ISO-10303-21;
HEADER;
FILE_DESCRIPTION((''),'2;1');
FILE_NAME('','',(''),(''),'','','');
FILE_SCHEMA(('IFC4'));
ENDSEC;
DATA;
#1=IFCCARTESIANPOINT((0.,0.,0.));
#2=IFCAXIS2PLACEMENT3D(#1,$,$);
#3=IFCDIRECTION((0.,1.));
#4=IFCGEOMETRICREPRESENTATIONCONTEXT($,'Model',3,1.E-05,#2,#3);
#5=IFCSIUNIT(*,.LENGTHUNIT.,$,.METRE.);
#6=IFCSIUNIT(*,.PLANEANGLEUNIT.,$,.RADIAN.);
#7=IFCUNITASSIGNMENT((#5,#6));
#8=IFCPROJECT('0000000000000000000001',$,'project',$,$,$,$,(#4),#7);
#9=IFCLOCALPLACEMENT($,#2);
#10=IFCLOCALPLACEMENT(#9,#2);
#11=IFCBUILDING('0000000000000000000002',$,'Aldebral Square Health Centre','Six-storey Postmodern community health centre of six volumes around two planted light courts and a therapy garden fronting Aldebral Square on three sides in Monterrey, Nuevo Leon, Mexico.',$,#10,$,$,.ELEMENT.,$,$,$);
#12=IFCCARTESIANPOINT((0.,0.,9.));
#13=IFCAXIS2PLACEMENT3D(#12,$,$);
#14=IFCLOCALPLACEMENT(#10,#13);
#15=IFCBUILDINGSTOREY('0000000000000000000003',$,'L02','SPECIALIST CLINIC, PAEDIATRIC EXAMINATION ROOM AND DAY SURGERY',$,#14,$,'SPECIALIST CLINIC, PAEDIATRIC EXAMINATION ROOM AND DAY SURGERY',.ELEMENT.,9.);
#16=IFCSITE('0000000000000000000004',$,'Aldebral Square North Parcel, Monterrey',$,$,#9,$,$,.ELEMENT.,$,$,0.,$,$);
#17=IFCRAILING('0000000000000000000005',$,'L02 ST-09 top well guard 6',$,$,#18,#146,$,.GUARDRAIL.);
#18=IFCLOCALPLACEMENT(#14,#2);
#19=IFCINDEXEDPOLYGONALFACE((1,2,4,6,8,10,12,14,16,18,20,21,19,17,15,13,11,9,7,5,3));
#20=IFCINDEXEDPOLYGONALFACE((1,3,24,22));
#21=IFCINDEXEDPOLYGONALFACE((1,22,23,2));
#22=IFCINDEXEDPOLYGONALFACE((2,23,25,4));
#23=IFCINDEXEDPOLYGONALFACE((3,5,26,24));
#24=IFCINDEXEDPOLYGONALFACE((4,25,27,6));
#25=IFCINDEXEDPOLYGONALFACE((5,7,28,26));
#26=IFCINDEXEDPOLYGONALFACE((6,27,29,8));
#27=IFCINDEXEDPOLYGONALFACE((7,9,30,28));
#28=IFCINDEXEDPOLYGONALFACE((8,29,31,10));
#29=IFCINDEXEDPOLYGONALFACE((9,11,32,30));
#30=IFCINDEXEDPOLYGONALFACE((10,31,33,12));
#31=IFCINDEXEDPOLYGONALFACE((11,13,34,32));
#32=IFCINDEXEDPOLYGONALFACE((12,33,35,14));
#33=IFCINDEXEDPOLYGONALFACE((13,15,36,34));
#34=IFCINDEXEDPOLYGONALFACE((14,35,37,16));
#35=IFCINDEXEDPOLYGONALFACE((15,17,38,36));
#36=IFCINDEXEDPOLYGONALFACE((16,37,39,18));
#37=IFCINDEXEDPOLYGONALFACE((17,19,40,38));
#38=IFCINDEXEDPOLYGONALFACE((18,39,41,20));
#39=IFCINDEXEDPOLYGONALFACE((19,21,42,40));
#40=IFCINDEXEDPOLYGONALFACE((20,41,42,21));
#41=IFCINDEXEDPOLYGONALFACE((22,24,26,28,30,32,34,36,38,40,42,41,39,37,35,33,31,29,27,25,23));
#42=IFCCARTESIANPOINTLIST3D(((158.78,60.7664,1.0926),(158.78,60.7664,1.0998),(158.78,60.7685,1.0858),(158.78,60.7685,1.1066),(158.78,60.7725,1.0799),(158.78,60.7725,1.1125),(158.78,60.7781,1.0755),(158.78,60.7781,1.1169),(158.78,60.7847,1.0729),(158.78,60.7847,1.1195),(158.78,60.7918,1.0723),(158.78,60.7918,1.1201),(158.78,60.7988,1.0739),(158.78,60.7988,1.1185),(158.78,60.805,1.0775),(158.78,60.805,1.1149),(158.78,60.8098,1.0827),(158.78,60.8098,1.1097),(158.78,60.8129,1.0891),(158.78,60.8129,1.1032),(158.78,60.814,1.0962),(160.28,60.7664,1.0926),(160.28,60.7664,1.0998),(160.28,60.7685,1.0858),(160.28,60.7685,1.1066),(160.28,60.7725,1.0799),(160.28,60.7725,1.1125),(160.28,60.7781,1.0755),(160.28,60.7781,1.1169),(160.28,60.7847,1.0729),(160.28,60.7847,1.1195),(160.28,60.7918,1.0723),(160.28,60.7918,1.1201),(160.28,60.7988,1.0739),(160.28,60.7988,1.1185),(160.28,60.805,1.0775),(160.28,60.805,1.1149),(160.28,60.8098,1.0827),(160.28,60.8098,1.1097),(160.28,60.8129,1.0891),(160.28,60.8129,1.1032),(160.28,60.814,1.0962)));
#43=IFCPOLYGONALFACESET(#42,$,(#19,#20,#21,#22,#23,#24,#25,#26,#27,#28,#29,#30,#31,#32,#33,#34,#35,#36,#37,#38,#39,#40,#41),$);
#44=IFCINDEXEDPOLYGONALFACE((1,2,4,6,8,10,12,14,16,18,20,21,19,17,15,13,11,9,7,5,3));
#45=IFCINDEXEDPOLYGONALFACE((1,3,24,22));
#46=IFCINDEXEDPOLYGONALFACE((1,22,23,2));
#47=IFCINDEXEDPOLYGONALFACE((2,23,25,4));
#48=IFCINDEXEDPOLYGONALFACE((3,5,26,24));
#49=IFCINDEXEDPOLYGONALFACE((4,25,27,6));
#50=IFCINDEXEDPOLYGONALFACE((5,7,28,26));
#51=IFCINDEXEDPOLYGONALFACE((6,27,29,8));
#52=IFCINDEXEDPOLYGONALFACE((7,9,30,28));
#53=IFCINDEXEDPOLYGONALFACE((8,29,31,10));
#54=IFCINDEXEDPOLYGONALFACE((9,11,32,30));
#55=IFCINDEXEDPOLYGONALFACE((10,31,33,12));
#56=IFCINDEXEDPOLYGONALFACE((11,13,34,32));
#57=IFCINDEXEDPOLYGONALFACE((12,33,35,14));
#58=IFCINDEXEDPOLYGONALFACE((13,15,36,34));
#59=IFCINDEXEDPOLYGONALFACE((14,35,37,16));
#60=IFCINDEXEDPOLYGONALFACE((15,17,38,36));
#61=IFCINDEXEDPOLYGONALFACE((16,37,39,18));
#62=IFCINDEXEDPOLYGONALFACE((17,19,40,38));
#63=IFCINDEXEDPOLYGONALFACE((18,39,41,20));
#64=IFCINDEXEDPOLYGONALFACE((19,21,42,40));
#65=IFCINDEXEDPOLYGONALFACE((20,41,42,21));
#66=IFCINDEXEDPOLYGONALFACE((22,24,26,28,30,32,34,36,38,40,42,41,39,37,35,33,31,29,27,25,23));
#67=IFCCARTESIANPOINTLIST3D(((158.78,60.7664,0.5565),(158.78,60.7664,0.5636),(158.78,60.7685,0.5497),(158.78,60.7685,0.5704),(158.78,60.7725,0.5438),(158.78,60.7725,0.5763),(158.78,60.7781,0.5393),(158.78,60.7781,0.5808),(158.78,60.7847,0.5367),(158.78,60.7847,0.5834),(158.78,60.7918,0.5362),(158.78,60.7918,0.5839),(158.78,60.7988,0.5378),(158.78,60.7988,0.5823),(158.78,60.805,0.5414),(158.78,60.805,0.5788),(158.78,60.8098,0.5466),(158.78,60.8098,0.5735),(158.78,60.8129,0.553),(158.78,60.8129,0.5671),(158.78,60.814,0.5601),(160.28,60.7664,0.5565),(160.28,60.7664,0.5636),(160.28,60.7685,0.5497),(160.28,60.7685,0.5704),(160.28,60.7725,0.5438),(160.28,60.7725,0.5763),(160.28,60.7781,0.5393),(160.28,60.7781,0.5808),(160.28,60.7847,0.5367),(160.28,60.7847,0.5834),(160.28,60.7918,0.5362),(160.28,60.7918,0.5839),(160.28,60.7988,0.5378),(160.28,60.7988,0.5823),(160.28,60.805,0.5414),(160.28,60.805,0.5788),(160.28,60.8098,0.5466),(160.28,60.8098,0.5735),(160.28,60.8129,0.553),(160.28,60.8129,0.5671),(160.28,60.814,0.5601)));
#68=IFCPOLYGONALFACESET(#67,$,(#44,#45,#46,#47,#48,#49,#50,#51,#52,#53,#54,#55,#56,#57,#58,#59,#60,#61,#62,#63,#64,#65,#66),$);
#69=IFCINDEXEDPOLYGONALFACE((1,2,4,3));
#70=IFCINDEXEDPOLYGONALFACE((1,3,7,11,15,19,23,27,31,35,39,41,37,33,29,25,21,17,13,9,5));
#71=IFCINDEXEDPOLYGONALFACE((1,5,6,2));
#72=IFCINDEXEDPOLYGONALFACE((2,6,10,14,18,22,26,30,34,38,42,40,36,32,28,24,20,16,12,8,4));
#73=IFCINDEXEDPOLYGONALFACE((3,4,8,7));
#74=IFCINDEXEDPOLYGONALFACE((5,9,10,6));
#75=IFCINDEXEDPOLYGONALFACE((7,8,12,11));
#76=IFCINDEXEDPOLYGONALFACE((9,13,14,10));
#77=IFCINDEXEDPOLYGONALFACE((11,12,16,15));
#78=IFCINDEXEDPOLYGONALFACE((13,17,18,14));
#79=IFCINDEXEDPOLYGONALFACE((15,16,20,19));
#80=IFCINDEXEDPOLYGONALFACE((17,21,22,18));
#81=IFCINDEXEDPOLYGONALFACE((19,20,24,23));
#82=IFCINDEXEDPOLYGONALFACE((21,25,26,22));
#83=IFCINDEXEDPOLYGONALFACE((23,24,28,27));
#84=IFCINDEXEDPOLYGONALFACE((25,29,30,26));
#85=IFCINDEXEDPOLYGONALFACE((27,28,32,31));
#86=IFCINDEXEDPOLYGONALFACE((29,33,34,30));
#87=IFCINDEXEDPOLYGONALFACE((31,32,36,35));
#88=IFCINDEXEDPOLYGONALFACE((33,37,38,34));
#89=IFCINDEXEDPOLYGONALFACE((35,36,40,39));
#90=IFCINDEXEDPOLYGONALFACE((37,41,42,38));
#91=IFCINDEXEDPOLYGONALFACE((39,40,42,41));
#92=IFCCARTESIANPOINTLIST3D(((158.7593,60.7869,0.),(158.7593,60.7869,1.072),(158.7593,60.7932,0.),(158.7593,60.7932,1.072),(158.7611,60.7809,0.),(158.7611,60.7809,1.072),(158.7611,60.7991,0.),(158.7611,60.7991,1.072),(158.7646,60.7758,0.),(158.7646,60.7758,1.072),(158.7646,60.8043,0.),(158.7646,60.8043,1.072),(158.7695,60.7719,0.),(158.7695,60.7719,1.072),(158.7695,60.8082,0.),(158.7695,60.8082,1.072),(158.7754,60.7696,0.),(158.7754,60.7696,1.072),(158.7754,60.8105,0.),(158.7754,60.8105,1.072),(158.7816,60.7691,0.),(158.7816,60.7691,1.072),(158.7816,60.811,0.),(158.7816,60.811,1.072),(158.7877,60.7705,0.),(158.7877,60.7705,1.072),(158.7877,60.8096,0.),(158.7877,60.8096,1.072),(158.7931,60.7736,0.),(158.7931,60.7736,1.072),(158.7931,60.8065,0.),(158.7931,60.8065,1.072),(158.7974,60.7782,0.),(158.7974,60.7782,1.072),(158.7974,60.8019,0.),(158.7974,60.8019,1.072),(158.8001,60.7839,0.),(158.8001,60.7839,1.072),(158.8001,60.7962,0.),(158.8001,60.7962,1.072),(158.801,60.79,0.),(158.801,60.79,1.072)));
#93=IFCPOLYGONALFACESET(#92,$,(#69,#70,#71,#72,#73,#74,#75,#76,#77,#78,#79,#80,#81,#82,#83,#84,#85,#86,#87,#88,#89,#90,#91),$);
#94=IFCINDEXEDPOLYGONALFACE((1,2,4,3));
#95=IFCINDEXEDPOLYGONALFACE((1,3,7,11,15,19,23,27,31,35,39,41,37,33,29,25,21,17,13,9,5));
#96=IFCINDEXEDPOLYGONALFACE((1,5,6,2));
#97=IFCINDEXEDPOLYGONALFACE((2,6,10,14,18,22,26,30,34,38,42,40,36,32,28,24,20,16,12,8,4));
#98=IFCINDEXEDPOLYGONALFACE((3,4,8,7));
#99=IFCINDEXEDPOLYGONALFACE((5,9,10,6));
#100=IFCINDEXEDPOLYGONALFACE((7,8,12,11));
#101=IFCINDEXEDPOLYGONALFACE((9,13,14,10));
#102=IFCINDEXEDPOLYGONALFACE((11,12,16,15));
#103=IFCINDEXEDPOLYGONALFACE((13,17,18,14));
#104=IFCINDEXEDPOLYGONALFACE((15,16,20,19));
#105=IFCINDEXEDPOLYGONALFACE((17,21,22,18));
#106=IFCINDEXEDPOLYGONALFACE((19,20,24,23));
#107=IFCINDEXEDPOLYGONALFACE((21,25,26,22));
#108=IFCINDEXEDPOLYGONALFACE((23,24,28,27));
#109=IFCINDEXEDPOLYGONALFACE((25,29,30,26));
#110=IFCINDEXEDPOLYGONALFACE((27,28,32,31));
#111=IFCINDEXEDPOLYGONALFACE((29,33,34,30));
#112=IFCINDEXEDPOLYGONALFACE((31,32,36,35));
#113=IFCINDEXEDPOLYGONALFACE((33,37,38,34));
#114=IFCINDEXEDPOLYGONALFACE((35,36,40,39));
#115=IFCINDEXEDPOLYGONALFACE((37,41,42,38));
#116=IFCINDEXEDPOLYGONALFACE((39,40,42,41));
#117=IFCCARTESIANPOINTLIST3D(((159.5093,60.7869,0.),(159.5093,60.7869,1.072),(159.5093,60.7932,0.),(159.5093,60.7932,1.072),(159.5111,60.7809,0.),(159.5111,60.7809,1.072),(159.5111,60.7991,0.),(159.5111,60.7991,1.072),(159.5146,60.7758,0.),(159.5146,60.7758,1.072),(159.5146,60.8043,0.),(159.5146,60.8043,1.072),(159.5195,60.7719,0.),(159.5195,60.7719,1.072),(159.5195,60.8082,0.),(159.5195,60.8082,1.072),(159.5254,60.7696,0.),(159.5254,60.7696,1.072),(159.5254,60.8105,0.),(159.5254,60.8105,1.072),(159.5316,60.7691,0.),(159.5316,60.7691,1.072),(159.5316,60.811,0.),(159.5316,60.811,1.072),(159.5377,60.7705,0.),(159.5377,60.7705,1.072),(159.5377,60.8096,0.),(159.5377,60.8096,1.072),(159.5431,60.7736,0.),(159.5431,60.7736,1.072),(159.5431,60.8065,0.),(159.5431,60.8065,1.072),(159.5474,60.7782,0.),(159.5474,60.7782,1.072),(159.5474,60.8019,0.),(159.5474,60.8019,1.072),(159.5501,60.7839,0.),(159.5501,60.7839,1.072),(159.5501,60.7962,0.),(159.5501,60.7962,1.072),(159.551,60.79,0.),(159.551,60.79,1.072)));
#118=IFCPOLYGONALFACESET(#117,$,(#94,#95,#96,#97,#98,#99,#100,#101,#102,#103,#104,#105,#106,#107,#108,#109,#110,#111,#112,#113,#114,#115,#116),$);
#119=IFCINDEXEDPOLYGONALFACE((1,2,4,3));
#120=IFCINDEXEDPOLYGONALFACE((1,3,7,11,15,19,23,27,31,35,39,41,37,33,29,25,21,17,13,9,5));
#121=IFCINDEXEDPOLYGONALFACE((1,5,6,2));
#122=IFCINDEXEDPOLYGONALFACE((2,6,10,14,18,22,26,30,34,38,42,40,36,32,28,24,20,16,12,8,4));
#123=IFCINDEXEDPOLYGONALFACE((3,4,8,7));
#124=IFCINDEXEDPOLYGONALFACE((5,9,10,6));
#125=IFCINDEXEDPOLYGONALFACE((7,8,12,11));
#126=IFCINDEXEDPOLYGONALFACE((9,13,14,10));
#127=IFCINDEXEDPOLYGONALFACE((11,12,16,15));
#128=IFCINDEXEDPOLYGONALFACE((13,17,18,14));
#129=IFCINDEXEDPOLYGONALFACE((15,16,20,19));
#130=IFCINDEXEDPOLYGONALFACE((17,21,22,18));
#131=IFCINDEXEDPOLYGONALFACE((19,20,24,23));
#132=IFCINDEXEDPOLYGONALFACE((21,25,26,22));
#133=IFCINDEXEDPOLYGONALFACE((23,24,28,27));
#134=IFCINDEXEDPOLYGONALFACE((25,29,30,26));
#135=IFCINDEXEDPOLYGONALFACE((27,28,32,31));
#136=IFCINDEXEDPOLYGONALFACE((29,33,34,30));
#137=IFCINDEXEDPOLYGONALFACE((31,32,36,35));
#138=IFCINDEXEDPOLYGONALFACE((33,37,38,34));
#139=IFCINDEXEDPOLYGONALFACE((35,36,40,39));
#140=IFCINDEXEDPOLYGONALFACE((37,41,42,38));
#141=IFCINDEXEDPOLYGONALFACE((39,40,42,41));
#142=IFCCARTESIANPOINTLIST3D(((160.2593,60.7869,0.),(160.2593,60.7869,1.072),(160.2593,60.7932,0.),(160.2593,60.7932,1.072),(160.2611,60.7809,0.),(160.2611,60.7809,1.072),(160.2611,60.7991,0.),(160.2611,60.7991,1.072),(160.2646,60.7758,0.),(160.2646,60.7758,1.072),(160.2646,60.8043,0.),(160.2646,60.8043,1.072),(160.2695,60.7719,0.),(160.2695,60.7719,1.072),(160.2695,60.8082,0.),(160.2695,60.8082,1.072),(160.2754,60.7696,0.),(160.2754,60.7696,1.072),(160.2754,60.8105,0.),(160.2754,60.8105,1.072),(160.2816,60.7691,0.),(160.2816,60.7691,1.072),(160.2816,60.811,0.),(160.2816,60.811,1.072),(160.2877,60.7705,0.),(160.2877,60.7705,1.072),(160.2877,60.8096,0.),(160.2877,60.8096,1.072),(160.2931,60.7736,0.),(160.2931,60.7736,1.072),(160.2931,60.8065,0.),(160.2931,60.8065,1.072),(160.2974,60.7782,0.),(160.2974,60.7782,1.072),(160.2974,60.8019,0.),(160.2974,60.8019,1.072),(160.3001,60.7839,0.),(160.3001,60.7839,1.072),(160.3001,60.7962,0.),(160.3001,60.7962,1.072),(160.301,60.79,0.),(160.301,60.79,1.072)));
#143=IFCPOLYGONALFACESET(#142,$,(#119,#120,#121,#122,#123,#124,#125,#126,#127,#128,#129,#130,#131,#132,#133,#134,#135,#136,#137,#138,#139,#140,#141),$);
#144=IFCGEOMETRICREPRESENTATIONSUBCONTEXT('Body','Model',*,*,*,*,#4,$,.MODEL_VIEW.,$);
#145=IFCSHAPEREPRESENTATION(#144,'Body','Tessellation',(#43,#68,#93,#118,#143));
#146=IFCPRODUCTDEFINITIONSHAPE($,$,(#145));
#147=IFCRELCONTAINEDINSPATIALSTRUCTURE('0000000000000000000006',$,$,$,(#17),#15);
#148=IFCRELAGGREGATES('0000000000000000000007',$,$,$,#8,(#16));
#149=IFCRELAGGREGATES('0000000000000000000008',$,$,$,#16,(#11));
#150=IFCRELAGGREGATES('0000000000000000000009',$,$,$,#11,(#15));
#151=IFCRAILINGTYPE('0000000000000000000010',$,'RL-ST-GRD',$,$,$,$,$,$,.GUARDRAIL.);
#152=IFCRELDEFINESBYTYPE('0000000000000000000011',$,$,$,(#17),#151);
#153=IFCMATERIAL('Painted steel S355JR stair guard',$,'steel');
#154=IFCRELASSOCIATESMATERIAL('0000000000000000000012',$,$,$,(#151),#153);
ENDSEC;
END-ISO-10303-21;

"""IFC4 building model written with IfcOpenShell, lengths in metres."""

from ifc_helpers import new_model, si_unit, direction, frame, origin, origin_2d, place, context, subcontext, project, spatial, circle, extrude, material, type_object, element, save


model = new_model("IFC4")

# Units and contexts
model_context = context("Model", 3, precision=1e-05, world=origin(), true_north=direction((0.0, 1.0)))
body_context = subcontext(model_context, "Body", "Model", "MODEL_VIEW")
ifc_project = project(units=[si_unit("LENGTHUNIT", "METRE"), si_unit("PLANEANGLEUNIT", "RADIAN")], contexts=[model_context])

# Site, building, storey
site_placement = place(None, origin())
site = spatial("IfcSite", under=ifc_project, at=site_placement, Name="Aldebral Square North Parcel, Monterrey", CompositionType="ELEMENT", RefElevation=0.0)
building_placement = place(site_placement, origin())
building = spatial("IfcBuilding", under=site, at=building_placement, Name="Aldebral Square Health Centre", Description="Six-storey Postmodern community health centre of six volumes around two planted light courts and a therapy garden fronting Aldebral Square on three sides in Monterrey, Nuevo Leon, Mexico.", CompositionType="ELEMENT")
storey_placement = place(building_placement, frame((0.0, 0.0, 9.0)))
storey = spatial("IfcBuildingStorey", under=building, at=storey_placement, Name="L02", Description="SPECIALIST CLINIC, PAEDIATRIC EXAMINATION ROOM AND DAY SURGERY", LongName="SPECIALIST CLINIC, PAEDIATRIC EXAMINATION ROOM AND DAY SURGERY", CompositionType="ELEMENT", Elevation=9.0)

# Railing
ifc_material_1 = material(Name="Painted steel S355JR stair guard", Category="steel")
railing_type = type_object("IfcRailingType", Name="RL-ST-GRD", PredefinedType="GUARDRAIL", material=ifc_material_1)
for number, where, name in (
    (1, (158.78, 60.79, 0.0), "L02 ST-09 top well guard 6"),
):
    element("IfcRailing", number, at=place(storey_placement, frame(where)), inside=storey, type_object=railing_type, Name=name, PredefinedType="GUARDRAIL", context=body_context, shape_type="SweptSolid", body=[
        extrude(circle(Radius=0.0239, at=origin_2d()), frame((0.0, 0.0, 1.0962), z_axis=(1.0, 0.0, 0.0), x_axis=(0.0, 1.0, 0.0)), (0.0, 0.0, 1.0), 1.5),
        extrude(circle(Radius=0.0239, at=origin_2d()), frame((0.0, 0.0, 0.5601), z_axis=(1.0, 0.0, 0.0), x_axis=(0.0, 1.0, 0.0)), (0.0, 0.0, 1.0), 1.5),
        extrude(circle(Radius=0.021, at=origin_2d()), origin(), (0.0, 0.0, 1.0), 1.072),
        extrude(circle(Radius=0.021, at=origin_2d()), frame((0.75, 0.0, 0.0)), (0.0, 0.0, 1.0), 1.072),
        extrude(circle(Radius=0.021, at=origin_2d()), frame((1.5, 0.0, 0.0)), (0.0, 0.0, 1.0), 1.072),
    ])

save(model, "model.ifc")
